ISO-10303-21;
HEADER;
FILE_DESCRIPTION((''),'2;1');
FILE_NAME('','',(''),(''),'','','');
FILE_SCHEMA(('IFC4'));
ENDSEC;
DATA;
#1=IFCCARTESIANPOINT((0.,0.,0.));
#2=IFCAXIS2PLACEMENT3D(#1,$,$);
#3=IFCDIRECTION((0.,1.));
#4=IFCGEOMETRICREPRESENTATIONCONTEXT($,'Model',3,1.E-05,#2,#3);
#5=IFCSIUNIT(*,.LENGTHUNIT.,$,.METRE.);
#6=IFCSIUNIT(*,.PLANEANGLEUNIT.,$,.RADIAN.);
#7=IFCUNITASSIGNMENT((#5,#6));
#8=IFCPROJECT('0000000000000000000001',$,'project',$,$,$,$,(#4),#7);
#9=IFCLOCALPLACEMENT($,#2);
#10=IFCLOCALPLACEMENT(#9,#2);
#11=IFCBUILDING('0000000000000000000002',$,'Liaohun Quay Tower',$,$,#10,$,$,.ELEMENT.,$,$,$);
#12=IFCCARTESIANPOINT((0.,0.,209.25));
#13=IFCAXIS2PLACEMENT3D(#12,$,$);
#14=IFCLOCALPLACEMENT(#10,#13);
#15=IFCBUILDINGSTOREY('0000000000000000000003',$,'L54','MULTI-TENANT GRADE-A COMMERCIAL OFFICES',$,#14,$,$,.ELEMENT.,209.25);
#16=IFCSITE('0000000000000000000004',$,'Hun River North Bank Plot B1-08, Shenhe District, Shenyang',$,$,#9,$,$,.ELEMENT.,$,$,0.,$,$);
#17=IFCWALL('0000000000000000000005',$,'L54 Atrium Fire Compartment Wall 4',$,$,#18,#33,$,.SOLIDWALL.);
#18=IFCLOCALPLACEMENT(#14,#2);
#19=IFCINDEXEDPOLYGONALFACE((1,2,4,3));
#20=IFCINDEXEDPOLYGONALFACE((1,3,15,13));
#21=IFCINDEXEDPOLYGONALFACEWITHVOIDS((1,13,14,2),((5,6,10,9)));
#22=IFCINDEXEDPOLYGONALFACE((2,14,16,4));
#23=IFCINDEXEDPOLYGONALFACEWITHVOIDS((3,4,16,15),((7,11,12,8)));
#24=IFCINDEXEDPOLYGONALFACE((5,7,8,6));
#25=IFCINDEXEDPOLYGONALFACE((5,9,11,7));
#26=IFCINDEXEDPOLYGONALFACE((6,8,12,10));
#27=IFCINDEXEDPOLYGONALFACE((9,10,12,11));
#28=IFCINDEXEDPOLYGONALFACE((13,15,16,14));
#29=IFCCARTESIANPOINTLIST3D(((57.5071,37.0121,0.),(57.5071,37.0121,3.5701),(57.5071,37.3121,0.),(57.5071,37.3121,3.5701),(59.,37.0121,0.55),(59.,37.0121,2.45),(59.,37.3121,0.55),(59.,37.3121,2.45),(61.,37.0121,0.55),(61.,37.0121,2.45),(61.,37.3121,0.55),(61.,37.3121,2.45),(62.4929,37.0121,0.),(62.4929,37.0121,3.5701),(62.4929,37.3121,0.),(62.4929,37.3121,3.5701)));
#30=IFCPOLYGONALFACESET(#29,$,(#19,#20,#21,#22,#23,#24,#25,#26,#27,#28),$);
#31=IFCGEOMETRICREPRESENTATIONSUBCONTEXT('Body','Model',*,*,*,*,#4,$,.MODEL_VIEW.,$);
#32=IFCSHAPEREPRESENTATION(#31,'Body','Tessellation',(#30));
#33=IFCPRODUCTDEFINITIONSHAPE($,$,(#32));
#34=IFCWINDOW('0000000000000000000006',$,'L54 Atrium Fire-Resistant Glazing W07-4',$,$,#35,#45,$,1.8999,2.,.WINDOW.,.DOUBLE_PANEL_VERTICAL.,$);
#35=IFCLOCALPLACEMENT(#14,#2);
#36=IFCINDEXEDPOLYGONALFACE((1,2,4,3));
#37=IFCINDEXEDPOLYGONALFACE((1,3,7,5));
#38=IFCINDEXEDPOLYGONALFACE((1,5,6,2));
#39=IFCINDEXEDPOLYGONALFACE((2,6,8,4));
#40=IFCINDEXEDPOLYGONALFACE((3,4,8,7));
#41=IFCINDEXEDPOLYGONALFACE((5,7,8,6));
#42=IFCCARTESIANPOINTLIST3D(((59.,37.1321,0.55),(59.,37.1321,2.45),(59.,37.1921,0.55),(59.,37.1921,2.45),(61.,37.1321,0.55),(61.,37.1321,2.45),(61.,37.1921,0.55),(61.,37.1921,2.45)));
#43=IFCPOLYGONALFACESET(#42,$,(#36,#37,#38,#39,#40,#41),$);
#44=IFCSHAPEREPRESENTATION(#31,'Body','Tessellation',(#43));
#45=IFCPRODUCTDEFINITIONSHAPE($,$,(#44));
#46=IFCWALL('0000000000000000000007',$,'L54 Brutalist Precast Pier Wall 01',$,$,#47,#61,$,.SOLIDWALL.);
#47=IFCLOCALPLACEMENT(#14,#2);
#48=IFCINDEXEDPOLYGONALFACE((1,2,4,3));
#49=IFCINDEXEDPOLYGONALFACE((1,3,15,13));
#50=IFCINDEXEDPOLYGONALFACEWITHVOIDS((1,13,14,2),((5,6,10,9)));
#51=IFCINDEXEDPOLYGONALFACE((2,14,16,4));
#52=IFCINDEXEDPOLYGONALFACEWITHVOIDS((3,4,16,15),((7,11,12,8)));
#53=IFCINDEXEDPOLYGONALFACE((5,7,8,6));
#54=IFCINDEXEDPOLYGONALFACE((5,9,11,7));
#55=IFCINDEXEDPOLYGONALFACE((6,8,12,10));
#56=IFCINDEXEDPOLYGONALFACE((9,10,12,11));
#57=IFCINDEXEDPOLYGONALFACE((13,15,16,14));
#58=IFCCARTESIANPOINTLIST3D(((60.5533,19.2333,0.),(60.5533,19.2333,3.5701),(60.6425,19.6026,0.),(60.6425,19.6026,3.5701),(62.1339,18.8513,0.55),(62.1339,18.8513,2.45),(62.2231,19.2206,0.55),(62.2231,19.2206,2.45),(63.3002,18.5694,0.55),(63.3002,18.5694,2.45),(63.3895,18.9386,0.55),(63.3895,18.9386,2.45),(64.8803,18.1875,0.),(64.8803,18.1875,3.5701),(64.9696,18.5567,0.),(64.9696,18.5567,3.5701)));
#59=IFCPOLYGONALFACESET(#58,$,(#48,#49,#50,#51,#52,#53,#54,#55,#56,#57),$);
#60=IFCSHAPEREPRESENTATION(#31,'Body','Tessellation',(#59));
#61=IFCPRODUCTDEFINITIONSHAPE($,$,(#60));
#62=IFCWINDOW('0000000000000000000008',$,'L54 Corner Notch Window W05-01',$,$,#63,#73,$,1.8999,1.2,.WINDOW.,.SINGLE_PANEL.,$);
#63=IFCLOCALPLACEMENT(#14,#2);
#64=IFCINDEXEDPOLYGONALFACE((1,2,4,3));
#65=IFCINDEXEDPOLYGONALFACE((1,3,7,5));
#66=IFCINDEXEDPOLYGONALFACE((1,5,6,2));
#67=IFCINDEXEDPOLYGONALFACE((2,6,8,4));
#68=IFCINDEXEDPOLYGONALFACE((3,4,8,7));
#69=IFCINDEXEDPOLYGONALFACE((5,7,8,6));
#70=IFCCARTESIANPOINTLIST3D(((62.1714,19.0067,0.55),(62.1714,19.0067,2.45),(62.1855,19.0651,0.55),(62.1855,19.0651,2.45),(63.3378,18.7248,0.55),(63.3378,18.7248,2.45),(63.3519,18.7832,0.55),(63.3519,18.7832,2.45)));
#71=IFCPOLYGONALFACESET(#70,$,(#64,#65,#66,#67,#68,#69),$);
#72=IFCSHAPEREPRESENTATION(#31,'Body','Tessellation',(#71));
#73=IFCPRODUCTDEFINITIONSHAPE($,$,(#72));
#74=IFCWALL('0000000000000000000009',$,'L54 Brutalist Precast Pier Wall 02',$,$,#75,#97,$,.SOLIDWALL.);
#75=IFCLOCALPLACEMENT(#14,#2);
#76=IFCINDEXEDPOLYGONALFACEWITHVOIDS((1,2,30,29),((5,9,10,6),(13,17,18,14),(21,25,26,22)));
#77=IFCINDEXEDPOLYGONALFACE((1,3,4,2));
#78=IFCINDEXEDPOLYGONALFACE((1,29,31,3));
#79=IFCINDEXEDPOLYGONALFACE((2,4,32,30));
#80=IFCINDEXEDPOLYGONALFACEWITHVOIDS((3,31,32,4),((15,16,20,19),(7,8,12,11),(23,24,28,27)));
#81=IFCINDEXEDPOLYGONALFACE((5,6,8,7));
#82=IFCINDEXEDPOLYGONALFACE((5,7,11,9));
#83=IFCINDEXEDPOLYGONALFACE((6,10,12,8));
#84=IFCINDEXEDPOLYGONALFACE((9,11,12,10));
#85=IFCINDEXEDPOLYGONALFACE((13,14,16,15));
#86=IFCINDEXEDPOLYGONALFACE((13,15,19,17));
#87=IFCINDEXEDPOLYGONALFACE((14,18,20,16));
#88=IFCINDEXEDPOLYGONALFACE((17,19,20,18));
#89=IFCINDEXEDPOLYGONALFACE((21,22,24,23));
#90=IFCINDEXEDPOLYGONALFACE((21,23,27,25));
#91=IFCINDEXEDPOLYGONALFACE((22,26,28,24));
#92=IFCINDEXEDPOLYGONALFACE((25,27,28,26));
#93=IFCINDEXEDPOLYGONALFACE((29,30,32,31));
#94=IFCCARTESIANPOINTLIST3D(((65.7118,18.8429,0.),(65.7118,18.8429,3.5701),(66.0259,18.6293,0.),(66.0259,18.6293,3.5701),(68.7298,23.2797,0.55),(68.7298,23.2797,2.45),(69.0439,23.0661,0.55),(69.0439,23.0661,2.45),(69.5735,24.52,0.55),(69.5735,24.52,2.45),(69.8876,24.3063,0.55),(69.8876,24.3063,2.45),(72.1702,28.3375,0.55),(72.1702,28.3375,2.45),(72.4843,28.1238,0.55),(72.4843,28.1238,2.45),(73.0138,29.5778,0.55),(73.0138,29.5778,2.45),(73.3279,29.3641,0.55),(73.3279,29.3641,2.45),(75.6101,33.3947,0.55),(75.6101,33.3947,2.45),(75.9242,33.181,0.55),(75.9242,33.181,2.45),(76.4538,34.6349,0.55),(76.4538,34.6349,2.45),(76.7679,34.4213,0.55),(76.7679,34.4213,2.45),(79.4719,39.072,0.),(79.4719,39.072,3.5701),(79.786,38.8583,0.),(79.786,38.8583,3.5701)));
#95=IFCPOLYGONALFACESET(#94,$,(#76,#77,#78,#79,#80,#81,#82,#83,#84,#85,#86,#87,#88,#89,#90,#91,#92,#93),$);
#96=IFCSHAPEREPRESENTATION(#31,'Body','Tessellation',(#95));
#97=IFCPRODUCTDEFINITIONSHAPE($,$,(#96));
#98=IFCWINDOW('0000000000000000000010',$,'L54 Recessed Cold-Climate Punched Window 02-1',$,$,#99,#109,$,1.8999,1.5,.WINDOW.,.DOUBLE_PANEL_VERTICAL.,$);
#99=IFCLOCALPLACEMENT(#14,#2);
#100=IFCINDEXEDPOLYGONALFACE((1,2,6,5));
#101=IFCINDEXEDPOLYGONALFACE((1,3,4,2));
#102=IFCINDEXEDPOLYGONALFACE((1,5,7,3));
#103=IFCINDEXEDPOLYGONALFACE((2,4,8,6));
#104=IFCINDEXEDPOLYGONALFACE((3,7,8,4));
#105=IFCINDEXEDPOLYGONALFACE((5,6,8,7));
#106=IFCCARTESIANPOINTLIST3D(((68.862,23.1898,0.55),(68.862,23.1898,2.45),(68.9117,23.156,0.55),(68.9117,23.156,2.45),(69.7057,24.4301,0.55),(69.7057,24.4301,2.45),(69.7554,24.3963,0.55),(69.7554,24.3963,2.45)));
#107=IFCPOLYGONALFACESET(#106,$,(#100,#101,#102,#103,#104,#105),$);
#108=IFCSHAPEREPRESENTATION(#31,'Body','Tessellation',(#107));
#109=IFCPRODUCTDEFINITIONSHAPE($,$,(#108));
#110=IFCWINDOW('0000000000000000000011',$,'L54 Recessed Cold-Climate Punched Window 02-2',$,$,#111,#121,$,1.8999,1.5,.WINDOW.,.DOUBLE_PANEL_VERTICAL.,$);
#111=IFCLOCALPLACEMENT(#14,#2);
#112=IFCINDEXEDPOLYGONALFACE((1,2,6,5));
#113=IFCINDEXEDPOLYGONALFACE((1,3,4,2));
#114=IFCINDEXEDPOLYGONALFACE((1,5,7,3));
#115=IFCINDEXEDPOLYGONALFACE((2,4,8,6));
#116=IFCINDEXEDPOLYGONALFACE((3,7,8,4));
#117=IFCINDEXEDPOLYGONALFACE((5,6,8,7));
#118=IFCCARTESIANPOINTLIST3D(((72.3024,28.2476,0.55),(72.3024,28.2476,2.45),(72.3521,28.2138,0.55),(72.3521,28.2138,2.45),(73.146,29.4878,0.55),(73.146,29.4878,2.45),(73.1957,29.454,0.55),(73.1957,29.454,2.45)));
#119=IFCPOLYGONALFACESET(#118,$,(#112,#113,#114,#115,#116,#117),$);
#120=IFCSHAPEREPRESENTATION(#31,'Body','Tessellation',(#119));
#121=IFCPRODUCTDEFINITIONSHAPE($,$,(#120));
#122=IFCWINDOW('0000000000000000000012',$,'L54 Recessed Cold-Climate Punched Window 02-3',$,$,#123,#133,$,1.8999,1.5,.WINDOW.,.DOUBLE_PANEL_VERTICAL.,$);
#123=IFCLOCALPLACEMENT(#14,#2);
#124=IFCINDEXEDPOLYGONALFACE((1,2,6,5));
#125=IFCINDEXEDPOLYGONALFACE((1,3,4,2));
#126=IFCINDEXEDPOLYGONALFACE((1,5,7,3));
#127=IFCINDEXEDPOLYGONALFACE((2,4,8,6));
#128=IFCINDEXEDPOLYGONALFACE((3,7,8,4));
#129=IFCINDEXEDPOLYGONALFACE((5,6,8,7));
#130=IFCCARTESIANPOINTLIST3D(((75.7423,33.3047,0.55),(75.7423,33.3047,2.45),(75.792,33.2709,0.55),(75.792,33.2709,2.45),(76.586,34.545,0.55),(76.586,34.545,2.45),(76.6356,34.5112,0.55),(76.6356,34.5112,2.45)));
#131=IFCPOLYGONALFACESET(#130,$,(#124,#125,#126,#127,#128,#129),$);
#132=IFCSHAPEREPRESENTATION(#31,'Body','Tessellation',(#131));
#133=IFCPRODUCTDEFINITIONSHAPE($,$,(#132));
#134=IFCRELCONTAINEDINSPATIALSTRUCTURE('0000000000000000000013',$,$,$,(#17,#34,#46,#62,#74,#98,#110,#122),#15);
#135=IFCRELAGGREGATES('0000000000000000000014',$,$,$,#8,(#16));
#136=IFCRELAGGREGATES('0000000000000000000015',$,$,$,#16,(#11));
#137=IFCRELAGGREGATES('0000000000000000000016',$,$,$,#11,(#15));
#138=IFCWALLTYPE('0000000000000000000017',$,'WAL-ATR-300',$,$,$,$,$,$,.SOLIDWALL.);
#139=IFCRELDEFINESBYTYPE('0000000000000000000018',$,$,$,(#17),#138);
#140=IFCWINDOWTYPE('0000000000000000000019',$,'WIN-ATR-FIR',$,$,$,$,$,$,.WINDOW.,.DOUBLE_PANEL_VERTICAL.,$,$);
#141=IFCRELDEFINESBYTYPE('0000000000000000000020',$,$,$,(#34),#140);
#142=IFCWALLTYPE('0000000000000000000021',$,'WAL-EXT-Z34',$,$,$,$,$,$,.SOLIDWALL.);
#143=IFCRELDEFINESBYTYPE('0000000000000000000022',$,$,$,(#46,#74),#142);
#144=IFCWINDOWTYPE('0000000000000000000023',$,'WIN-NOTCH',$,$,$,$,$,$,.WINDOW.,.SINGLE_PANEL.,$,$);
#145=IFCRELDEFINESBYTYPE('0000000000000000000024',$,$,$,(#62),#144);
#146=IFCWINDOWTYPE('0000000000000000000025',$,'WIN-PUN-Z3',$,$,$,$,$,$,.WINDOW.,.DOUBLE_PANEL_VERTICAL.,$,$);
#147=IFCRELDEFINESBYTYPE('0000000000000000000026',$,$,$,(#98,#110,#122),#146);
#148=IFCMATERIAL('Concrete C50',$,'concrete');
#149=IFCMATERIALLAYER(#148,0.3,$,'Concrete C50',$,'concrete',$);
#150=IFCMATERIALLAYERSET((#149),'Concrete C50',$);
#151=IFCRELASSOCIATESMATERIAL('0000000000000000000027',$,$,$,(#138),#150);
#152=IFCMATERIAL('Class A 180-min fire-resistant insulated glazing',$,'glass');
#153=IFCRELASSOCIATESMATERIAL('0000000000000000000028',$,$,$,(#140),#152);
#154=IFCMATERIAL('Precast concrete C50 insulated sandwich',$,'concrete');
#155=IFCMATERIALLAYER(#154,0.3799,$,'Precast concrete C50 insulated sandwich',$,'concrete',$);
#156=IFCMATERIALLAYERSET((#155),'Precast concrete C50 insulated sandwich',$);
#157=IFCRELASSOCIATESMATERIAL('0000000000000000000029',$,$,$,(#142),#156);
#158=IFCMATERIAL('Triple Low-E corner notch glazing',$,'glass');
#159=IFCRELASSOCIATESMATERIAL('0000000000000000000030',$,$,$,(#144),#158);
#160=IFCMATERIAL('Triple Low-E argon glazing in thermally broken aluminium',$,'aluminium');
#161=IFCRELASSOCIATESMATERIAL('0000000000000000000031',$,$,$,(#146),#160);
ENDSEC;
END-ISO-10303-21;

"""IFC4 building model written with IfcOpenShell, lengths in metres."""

from ifc_helpers import new_model, si_unit, direction, frame, frame_2d, origin, place, context, subcontext, project, spatial, rectangle, extrude, source, transform, mapped, material, layer, layer_set, type_object, element, fill, save


model = new_model("IFC4")

# Units and contexts
model_context = context("Model", 3, precision=1e-05, world=origin(), true_north=direction((0.0, 1.0)))
body_context = subcontext(model_context, "Body", "Model", "MODEL_VIEW")
ifc_project = project(units=[si_unit("LENGTHUNIT", "METRE"), si_unit("PLANEANGLEUNIT", "RADIAN")], contexts=[model_context])

# Site, building, storey
site_placement = place(None, origin())
site = spatial("IfcSite", under=ifc_project, at=site_placement, Name="Hun River North Bank Plot B1-08, Shenhe District, Shenyang", CompositionType="ELEMENT", RefElevation=0.0)
building_placement = place(site_placement, origin())
building = spatial("IfcBuilding", under=site, at=building_placement, Name="Liaohun Quay Tower", CompositionType="ELEMENT")
storey_placement = place(building_placement, frame((0.0, 0.0, 209.25)))
storey = spatial("IfcBuildingStorey", under=building, at=storey_placement, Name="L54", Description="MULTI-TENANT GRADE-A COMMERCIAL OFFICES", CompositionType="ELEMENT", Elevation=209.25)

# Walls, openings, windows
ifc_material_1 = material(Name="Concrete C50", Category="concrete")
ifc_layer_1 = layer(ifc_material_1, 0.3, Name="Concrete C50", Category="concrete")
ifc_layer_set_1 = layer_set([ifc_layer_1], Name="Concrete C50")
wall_type_1 = type_object("IfcWallType", Name="WAL-ATR-300", PredefinedType="SOLIDWALL", material=ifc_layer_set_1)
shared_shape_1 = source(origin(), body_context, "Body", "SweptSolid", [
    extrude(rectangle(XDim=2.0, YDim=1.8999, at=frame_2d((1.0, 0.95))), frame((0.0, 0.1599, 0.0), z_axis=(0.0, -1.0, 0.0), x_axis=(1.0, 0.0, 0.0)), (0.0, 0.0, 1.0), 0.3201),
])
ifc_material_2 = material(Name="Class A 180-min fire-resistant insulated glazing", Category="glass")
window_type_1 = type_object("IfcWindowType", Name="WIN-ATR-FIR", PartitioningType="DOUBLE_PANEL_VERTICAL", PredefinedType="WINDOW", material=ifc_material_2)
shared_shape_2 = source(origin(), body_context, "Body", "SweptSolid", [
    extrude(rectangle(XDim=2.0, YDim=1.8999, at=frame_2d((1.0, 0.95))), frame((0.0, 0.03, 0.0), z_axis=(0.0, -1.0, 0.0), x_axis=(1.0, 0.0, 0.0)), (0.0, 0.0, 1.0), 0.0601),
])
wall_1_placement = place(storey_placement, frame((62.4929, 37.1621, 0.0), z_axis=(0.0, 0.0, 1.0), x_axis=(-1.0, 0.0, 0.0)))
wall_1 = element("IfcWall", 1, at=wall_1_placement, inside=storey, type_object=wall_type_1, Name="L54 Atrium Fire Compartment Wall 4", PredefinedType="SOLIDWALL", context=body_context, shape_type="SweptSolid", body=[
    extrude(rectangle(XDim=4.9858, YDim=0.3, at=frame_2d((2.4929, 0.0))), origin(), (0.0, 0.0, 1.0), 3.5701),
])
opening_1_placement = place(wall_1_placement, frame((1.4929, 0.0, 0.55)))
opening_1 = element("IfcOpeningElement", 2, at=opening_1_placement, cuts=wall_1, PredefinedType="OPENING", context=body_context, shape_type="MappedRepresentation", body=[
    mapped(shared_shape_1, transform((0.0, 0.0, 0.0), x_axis=(1.0, 0.0, 0.0), y_axis=(0.0, 1.0, 0.0), z_axis=(0.0, 0.0, 1.0), scale=1.0)),
])
window_1_placement = place(opening_1_placement, origin())
window_1 = element("IfcWindow", 3, at=window_1_placement, inside=storey, type_object=window_type_1, Name="L54 Atrium Fire-Resistant Glazing W07-4", OverallHeight=1.8999, OverallWidth=2.0, PartitioningType="DOUBLE_PANEL_VERTICAL", PredefinedType="WINDOW", context=body_context, shape_type="MappedRepresentation", body=[
    mapped(shared_shape_2, transform((0.0, 0.0, 0.0), x_axis=(1.0, 0.0, 0.0), y_axis=(0.0, 1.0, 0.0), z_axis=(0.0, 0.0, 1.0), scale=1.0)),
])
fill(opening_1, window_1)
ifc_material_3 = material(Name="Precast concrete C50 insulated sandwich", Category="concrete")
ifc_layer_2 = layer(ifc_material_3, 0.3799, Name="Precast concrete C50 insulated sandwich", Category="concrete")
ifc_layer_set_2 = layer_set([ifc_layer_2], Name="Precast concrete C50 insulated sandwich")
wall_type_2 = type_object("IfcWallType", Name="WAL-EXT-Z34", PredefinedType="SOLIDWALL", material=ifc_layer_set_2)
wall_2_placement = place(storey_placement, frame((60.5979, 19.418, 0.0), z_axis=(0.0, 0.0, 1.0), x_axis=(0.97201, -0.234941, 0.0)))
wall_2 = element("IfcWall", 4, at=wall_2_placement, inside=storey, type_object=wall_type_2, Name="L54 Brutalist Precast Pier Wall 01", PredefinedType="SOLIDWALL", context=body_context, shape_type="SweptSolid", body=[
    extrude(rectangle(XDim=4.4517, YDim=0.3799, at=frame_2d((2.2258, 0.0))), origin(), (0.0, 0.0, 1.0), 3.5701),
])
shared_shape_3 = source(origin(), body_context, "Body", "SweptSolid", [
    extrude(rectangle(XDim=1.2, YDim=1.8999, at=frame_2d((0.6001, 0.95))), frame((0.0, 0.2, 0.0), z_axis=(0.0, -1.0, 0.0), x_axis=(1.0, 0.0, 0.0)), (0.0, 0.0, 1.0), 0.3999),
])
opening_2_placement = place(wall_2_placement, frame((1.626, 0.0, 0.55)))
opening_2 = element("IfcOpeningElement", 5, at=opening_2_placement, cuts=wall_2, PredefinedType="OPENING", context=body_context, shape_type="MappedRepresentation", body=[
    mapped(shared_shape_3, transform((0.0, 0.0, 0.0), x_axis=(1.0, 0.0, 0.0), y_axis=(0.0, 1.0, 0.0), z_axis=(0.0, 0.0, 1.0), scale=1.0)),
])
ifc_material_4 = material(Name="Triple Low-E corner notch glazing", Category="glass")
window_type_2 = type_object("IfcWindowType", Name="WIN-NOTCH", PartitioningType="SINGLE_PANEL", PredefinedType="WINDOW", material=ifc_material_4)
shared_shape_4 = source(origin(), body_context, "Body", "SweptSolid", [
    extrude(rectangle(XDim=1.2, YDim=1.8999, at=frame_2d((0.6001, 0.95))), frame((0.0, 0.03, 0.0), z_axis=(0.0, -1.0, 0.0), x_axis=(1.0, 0.0, 0.0)), (0.0, 0.0, 1.0), 0.0601),
])
window_2_placement = place(opening_2_placement, origin())
window_2 = element("IfcWindow", 6, at=window_2_placement, inside=storey, type_object=window_type_2, Name="L54 Corner Notch Window W05-01", OverallHeight=1.8999, OverallWidth=1.2, PartitioningType="SINGLE_PANEL", PredefinedType="WINDOW", context=body_context, shape_type="MappedRepresentation", body=[
    mapped(shared_shape_4, transform((0.0, 0.0, 0.0), x_axis=(1.0, 0.0, 0.0), y_axis=(0.0, 1.0, 0.0), z_axis=(0.0, 0.0, 1.0), scale=1.0)),
])
fill(opening_2, window_2)

# Wall, openings, windows
wall_3_placement = place(storey_placement, frame((65.8689, 18.7361, 0.0), z_axis=(0.0, 0.0, 1.0), x_axis=(0.56243, 0.826845, 0.0)))
wall_3 = element("IfcWall", 7, at=wall_3_placement, inside=storey, type_object=wall_type_2, Name="L54 Brutalist Precast Pier Wall 02", PredefinedType="SOLIDWALL", context=body_context, shape_type="SweptSolid", body=[
    extrude(rectangle(XDim=24.4653, YDim=0.3799, at=frame_2d((12.2327, 0.0))), origin(), (0.0, 0.0, 1.0), 3.5701),
])
shared_shape_5 = source(origin(), body_context, "Body", "SweptSolid", [
    extrude(rectangle(XDim=1.5, YDim=1.8999, at=frame_2d((0.75, 0.95))), frame((0.0, 0.2, 0.0), z_axis=(0.0, -1.0, 0.0), x_axis=(1.0, 0.0, 0.0)), (0.0, 0.0, 1.0), 0.3999),
])
opening_3_placement = place(wall_3_placement, frame((5.366, 0.0, 0.55)))
opening_3 = element("IfcOpeningElement", 8, at=opening_3_placement, cuts=wall_3, PredefinedType="OPENING", context=body_context, shape_type="MappedRepresentation", body=[
    mapped(shared_shape_5, transform((0.0, 0.0, 0.0), x_axis=(1.0, 0.0, 0.0), y_axis=(0.0, 1.0, 0.0), z_axis=(0.0, 0.0, 1.0), scale=1.0)),
])
opening_4_placement = place(wall_3_placement, frame((11.4829, 0.0, 0.55)))
opening_4 = element("IfcOpeningElement", 9, at=opening_4_placement, cuts=wall_3, PredefinedType="OPENING", context=body_context, shape_type="MappedRepresentation", body=[
    mapped(shared_shape_5, transform((0.0, 0.0, 0.0), x_axis=(1.0, 0.0, 0.0), y_axis=(0.0, 1.0, 0.0), z_axis=(0.0, 0.0, 1.0), scale=1.0)),
])
opening_5_placement = place(wall_3_placement, frame((17.5991, 0.0, 0.55)))
opening_5 = element("IfcOpeningElement", 10, at=opening_5_placement, cuts=wall_3, PredefinedType="OPENING", context=body_context, shape_type="MappedRepresentation", body=[
    mapped(shared_shape_5, transform((0.0, 0.0, 0.0), x_axis=(1.0, 0.0, 0.0), y_axis=(0.0, 1.0, 0.0), z_axis=(0.0, 0.0, 1.0), scale=1.0)),
])
ifc_material_5 = material(Name="Triple Low-E argon glazing in thermally broken aluminium", Category="aluminium")
window_type_3 = type_object("IfcWindowType", Name="WIN-PUN-Z3", PartitioningType="DOUBLE_PANEL_VERTICAL", PredefinedType="WINDOW", material=ifc_material_5)
shared_shape_6 = source(origin(), body_context, "Body", "SweptSolid", [
    extrude(rectangle(XDim=1.5, YDim=1.8999, at=frame_2d((0.75, 0.95))), frame((0.0, 0.03, 0.0), z_axis=(0.0, -1.0, 0.0), x_axis=(1.0, 0.0, 0.0)), (0.0, 0.0, 1.0), 0.0601),
])
window_3_placement = place(opening_3_placement, origin())
window_3 = element("IfcWindow", 11, at=window_3_placement, inside=storey, type_object=window_type_3, Name="L54 Recessed Cold-Climate Punched Window 02-1", OverallHeight=1.8999, OverallWidth=1.5, PartitioningType="DOUBLE_PANEL_VERTICAL", PredefinedType="WINDOW", context=body_context, shape_type="MappedRepresentation", body=[
    mapped(shared_shape_6, transform((0.0, 0.0, 0.0), x_axis=(1.0, 0.0, 0.0), y_axis=(0.0, 1.0, 0.0), z_axis=(0.0, 0.0, 1.0), scale=1.0)),
])
fill(opening_3, window_3)
window_4_placement = place(opening_4_placement, origin())
window_4 = element("IfcWindow", 12, at=window_4_placement, inside=storey, type_object=window_type_3, Name="L54 Recessed Cold-Climate Punched Window 02-2", OverallHeight=1.8999, OverallWidth=1.5, PartitioningType="DOUBLE_PANEL_VERTICAL", PredefinedType="WINDOW", context=body_context, shape_type="MappedRepresentation", body=[
    mapped(shared_shape_6, transform((0.0, 0.0, 0.0), x_axis=(1.0, 0.0, 0.0), y_axis=(0.0, 1.0, 0.0), z_axis=(0.0, 0.0, 1.0), scale=1.0)),
])
fill(opening_4, window_4)
window_5_placement = place(opening_5_placement, origin())
window_5 = element("IfcWindow", 13, at=window_5_placement, inside=storey, type_object=window_type_3, Name="L54 Recessed Cold-Climate Punched Window 02-3", OverallHeight=1.8999, OverallWidth=1.5, PartitioningType="DOUBLE_PANEL_VERTICAL", PredefinedType="WINDOW", context=body_context, shape_type="MappedRepresentation", body=[
    mapped(shared_shape_6, transform((0.0, 0.0, 0.0), x_axis=(1.0, 0.0, 0.0), y_axis=(0.0, 1.0, 0.0), z_axis=(0.0, 0.0, 1.0), scale=1.0)),
])
fill(opening_5, window_5)

save(model, "model.ifc")
